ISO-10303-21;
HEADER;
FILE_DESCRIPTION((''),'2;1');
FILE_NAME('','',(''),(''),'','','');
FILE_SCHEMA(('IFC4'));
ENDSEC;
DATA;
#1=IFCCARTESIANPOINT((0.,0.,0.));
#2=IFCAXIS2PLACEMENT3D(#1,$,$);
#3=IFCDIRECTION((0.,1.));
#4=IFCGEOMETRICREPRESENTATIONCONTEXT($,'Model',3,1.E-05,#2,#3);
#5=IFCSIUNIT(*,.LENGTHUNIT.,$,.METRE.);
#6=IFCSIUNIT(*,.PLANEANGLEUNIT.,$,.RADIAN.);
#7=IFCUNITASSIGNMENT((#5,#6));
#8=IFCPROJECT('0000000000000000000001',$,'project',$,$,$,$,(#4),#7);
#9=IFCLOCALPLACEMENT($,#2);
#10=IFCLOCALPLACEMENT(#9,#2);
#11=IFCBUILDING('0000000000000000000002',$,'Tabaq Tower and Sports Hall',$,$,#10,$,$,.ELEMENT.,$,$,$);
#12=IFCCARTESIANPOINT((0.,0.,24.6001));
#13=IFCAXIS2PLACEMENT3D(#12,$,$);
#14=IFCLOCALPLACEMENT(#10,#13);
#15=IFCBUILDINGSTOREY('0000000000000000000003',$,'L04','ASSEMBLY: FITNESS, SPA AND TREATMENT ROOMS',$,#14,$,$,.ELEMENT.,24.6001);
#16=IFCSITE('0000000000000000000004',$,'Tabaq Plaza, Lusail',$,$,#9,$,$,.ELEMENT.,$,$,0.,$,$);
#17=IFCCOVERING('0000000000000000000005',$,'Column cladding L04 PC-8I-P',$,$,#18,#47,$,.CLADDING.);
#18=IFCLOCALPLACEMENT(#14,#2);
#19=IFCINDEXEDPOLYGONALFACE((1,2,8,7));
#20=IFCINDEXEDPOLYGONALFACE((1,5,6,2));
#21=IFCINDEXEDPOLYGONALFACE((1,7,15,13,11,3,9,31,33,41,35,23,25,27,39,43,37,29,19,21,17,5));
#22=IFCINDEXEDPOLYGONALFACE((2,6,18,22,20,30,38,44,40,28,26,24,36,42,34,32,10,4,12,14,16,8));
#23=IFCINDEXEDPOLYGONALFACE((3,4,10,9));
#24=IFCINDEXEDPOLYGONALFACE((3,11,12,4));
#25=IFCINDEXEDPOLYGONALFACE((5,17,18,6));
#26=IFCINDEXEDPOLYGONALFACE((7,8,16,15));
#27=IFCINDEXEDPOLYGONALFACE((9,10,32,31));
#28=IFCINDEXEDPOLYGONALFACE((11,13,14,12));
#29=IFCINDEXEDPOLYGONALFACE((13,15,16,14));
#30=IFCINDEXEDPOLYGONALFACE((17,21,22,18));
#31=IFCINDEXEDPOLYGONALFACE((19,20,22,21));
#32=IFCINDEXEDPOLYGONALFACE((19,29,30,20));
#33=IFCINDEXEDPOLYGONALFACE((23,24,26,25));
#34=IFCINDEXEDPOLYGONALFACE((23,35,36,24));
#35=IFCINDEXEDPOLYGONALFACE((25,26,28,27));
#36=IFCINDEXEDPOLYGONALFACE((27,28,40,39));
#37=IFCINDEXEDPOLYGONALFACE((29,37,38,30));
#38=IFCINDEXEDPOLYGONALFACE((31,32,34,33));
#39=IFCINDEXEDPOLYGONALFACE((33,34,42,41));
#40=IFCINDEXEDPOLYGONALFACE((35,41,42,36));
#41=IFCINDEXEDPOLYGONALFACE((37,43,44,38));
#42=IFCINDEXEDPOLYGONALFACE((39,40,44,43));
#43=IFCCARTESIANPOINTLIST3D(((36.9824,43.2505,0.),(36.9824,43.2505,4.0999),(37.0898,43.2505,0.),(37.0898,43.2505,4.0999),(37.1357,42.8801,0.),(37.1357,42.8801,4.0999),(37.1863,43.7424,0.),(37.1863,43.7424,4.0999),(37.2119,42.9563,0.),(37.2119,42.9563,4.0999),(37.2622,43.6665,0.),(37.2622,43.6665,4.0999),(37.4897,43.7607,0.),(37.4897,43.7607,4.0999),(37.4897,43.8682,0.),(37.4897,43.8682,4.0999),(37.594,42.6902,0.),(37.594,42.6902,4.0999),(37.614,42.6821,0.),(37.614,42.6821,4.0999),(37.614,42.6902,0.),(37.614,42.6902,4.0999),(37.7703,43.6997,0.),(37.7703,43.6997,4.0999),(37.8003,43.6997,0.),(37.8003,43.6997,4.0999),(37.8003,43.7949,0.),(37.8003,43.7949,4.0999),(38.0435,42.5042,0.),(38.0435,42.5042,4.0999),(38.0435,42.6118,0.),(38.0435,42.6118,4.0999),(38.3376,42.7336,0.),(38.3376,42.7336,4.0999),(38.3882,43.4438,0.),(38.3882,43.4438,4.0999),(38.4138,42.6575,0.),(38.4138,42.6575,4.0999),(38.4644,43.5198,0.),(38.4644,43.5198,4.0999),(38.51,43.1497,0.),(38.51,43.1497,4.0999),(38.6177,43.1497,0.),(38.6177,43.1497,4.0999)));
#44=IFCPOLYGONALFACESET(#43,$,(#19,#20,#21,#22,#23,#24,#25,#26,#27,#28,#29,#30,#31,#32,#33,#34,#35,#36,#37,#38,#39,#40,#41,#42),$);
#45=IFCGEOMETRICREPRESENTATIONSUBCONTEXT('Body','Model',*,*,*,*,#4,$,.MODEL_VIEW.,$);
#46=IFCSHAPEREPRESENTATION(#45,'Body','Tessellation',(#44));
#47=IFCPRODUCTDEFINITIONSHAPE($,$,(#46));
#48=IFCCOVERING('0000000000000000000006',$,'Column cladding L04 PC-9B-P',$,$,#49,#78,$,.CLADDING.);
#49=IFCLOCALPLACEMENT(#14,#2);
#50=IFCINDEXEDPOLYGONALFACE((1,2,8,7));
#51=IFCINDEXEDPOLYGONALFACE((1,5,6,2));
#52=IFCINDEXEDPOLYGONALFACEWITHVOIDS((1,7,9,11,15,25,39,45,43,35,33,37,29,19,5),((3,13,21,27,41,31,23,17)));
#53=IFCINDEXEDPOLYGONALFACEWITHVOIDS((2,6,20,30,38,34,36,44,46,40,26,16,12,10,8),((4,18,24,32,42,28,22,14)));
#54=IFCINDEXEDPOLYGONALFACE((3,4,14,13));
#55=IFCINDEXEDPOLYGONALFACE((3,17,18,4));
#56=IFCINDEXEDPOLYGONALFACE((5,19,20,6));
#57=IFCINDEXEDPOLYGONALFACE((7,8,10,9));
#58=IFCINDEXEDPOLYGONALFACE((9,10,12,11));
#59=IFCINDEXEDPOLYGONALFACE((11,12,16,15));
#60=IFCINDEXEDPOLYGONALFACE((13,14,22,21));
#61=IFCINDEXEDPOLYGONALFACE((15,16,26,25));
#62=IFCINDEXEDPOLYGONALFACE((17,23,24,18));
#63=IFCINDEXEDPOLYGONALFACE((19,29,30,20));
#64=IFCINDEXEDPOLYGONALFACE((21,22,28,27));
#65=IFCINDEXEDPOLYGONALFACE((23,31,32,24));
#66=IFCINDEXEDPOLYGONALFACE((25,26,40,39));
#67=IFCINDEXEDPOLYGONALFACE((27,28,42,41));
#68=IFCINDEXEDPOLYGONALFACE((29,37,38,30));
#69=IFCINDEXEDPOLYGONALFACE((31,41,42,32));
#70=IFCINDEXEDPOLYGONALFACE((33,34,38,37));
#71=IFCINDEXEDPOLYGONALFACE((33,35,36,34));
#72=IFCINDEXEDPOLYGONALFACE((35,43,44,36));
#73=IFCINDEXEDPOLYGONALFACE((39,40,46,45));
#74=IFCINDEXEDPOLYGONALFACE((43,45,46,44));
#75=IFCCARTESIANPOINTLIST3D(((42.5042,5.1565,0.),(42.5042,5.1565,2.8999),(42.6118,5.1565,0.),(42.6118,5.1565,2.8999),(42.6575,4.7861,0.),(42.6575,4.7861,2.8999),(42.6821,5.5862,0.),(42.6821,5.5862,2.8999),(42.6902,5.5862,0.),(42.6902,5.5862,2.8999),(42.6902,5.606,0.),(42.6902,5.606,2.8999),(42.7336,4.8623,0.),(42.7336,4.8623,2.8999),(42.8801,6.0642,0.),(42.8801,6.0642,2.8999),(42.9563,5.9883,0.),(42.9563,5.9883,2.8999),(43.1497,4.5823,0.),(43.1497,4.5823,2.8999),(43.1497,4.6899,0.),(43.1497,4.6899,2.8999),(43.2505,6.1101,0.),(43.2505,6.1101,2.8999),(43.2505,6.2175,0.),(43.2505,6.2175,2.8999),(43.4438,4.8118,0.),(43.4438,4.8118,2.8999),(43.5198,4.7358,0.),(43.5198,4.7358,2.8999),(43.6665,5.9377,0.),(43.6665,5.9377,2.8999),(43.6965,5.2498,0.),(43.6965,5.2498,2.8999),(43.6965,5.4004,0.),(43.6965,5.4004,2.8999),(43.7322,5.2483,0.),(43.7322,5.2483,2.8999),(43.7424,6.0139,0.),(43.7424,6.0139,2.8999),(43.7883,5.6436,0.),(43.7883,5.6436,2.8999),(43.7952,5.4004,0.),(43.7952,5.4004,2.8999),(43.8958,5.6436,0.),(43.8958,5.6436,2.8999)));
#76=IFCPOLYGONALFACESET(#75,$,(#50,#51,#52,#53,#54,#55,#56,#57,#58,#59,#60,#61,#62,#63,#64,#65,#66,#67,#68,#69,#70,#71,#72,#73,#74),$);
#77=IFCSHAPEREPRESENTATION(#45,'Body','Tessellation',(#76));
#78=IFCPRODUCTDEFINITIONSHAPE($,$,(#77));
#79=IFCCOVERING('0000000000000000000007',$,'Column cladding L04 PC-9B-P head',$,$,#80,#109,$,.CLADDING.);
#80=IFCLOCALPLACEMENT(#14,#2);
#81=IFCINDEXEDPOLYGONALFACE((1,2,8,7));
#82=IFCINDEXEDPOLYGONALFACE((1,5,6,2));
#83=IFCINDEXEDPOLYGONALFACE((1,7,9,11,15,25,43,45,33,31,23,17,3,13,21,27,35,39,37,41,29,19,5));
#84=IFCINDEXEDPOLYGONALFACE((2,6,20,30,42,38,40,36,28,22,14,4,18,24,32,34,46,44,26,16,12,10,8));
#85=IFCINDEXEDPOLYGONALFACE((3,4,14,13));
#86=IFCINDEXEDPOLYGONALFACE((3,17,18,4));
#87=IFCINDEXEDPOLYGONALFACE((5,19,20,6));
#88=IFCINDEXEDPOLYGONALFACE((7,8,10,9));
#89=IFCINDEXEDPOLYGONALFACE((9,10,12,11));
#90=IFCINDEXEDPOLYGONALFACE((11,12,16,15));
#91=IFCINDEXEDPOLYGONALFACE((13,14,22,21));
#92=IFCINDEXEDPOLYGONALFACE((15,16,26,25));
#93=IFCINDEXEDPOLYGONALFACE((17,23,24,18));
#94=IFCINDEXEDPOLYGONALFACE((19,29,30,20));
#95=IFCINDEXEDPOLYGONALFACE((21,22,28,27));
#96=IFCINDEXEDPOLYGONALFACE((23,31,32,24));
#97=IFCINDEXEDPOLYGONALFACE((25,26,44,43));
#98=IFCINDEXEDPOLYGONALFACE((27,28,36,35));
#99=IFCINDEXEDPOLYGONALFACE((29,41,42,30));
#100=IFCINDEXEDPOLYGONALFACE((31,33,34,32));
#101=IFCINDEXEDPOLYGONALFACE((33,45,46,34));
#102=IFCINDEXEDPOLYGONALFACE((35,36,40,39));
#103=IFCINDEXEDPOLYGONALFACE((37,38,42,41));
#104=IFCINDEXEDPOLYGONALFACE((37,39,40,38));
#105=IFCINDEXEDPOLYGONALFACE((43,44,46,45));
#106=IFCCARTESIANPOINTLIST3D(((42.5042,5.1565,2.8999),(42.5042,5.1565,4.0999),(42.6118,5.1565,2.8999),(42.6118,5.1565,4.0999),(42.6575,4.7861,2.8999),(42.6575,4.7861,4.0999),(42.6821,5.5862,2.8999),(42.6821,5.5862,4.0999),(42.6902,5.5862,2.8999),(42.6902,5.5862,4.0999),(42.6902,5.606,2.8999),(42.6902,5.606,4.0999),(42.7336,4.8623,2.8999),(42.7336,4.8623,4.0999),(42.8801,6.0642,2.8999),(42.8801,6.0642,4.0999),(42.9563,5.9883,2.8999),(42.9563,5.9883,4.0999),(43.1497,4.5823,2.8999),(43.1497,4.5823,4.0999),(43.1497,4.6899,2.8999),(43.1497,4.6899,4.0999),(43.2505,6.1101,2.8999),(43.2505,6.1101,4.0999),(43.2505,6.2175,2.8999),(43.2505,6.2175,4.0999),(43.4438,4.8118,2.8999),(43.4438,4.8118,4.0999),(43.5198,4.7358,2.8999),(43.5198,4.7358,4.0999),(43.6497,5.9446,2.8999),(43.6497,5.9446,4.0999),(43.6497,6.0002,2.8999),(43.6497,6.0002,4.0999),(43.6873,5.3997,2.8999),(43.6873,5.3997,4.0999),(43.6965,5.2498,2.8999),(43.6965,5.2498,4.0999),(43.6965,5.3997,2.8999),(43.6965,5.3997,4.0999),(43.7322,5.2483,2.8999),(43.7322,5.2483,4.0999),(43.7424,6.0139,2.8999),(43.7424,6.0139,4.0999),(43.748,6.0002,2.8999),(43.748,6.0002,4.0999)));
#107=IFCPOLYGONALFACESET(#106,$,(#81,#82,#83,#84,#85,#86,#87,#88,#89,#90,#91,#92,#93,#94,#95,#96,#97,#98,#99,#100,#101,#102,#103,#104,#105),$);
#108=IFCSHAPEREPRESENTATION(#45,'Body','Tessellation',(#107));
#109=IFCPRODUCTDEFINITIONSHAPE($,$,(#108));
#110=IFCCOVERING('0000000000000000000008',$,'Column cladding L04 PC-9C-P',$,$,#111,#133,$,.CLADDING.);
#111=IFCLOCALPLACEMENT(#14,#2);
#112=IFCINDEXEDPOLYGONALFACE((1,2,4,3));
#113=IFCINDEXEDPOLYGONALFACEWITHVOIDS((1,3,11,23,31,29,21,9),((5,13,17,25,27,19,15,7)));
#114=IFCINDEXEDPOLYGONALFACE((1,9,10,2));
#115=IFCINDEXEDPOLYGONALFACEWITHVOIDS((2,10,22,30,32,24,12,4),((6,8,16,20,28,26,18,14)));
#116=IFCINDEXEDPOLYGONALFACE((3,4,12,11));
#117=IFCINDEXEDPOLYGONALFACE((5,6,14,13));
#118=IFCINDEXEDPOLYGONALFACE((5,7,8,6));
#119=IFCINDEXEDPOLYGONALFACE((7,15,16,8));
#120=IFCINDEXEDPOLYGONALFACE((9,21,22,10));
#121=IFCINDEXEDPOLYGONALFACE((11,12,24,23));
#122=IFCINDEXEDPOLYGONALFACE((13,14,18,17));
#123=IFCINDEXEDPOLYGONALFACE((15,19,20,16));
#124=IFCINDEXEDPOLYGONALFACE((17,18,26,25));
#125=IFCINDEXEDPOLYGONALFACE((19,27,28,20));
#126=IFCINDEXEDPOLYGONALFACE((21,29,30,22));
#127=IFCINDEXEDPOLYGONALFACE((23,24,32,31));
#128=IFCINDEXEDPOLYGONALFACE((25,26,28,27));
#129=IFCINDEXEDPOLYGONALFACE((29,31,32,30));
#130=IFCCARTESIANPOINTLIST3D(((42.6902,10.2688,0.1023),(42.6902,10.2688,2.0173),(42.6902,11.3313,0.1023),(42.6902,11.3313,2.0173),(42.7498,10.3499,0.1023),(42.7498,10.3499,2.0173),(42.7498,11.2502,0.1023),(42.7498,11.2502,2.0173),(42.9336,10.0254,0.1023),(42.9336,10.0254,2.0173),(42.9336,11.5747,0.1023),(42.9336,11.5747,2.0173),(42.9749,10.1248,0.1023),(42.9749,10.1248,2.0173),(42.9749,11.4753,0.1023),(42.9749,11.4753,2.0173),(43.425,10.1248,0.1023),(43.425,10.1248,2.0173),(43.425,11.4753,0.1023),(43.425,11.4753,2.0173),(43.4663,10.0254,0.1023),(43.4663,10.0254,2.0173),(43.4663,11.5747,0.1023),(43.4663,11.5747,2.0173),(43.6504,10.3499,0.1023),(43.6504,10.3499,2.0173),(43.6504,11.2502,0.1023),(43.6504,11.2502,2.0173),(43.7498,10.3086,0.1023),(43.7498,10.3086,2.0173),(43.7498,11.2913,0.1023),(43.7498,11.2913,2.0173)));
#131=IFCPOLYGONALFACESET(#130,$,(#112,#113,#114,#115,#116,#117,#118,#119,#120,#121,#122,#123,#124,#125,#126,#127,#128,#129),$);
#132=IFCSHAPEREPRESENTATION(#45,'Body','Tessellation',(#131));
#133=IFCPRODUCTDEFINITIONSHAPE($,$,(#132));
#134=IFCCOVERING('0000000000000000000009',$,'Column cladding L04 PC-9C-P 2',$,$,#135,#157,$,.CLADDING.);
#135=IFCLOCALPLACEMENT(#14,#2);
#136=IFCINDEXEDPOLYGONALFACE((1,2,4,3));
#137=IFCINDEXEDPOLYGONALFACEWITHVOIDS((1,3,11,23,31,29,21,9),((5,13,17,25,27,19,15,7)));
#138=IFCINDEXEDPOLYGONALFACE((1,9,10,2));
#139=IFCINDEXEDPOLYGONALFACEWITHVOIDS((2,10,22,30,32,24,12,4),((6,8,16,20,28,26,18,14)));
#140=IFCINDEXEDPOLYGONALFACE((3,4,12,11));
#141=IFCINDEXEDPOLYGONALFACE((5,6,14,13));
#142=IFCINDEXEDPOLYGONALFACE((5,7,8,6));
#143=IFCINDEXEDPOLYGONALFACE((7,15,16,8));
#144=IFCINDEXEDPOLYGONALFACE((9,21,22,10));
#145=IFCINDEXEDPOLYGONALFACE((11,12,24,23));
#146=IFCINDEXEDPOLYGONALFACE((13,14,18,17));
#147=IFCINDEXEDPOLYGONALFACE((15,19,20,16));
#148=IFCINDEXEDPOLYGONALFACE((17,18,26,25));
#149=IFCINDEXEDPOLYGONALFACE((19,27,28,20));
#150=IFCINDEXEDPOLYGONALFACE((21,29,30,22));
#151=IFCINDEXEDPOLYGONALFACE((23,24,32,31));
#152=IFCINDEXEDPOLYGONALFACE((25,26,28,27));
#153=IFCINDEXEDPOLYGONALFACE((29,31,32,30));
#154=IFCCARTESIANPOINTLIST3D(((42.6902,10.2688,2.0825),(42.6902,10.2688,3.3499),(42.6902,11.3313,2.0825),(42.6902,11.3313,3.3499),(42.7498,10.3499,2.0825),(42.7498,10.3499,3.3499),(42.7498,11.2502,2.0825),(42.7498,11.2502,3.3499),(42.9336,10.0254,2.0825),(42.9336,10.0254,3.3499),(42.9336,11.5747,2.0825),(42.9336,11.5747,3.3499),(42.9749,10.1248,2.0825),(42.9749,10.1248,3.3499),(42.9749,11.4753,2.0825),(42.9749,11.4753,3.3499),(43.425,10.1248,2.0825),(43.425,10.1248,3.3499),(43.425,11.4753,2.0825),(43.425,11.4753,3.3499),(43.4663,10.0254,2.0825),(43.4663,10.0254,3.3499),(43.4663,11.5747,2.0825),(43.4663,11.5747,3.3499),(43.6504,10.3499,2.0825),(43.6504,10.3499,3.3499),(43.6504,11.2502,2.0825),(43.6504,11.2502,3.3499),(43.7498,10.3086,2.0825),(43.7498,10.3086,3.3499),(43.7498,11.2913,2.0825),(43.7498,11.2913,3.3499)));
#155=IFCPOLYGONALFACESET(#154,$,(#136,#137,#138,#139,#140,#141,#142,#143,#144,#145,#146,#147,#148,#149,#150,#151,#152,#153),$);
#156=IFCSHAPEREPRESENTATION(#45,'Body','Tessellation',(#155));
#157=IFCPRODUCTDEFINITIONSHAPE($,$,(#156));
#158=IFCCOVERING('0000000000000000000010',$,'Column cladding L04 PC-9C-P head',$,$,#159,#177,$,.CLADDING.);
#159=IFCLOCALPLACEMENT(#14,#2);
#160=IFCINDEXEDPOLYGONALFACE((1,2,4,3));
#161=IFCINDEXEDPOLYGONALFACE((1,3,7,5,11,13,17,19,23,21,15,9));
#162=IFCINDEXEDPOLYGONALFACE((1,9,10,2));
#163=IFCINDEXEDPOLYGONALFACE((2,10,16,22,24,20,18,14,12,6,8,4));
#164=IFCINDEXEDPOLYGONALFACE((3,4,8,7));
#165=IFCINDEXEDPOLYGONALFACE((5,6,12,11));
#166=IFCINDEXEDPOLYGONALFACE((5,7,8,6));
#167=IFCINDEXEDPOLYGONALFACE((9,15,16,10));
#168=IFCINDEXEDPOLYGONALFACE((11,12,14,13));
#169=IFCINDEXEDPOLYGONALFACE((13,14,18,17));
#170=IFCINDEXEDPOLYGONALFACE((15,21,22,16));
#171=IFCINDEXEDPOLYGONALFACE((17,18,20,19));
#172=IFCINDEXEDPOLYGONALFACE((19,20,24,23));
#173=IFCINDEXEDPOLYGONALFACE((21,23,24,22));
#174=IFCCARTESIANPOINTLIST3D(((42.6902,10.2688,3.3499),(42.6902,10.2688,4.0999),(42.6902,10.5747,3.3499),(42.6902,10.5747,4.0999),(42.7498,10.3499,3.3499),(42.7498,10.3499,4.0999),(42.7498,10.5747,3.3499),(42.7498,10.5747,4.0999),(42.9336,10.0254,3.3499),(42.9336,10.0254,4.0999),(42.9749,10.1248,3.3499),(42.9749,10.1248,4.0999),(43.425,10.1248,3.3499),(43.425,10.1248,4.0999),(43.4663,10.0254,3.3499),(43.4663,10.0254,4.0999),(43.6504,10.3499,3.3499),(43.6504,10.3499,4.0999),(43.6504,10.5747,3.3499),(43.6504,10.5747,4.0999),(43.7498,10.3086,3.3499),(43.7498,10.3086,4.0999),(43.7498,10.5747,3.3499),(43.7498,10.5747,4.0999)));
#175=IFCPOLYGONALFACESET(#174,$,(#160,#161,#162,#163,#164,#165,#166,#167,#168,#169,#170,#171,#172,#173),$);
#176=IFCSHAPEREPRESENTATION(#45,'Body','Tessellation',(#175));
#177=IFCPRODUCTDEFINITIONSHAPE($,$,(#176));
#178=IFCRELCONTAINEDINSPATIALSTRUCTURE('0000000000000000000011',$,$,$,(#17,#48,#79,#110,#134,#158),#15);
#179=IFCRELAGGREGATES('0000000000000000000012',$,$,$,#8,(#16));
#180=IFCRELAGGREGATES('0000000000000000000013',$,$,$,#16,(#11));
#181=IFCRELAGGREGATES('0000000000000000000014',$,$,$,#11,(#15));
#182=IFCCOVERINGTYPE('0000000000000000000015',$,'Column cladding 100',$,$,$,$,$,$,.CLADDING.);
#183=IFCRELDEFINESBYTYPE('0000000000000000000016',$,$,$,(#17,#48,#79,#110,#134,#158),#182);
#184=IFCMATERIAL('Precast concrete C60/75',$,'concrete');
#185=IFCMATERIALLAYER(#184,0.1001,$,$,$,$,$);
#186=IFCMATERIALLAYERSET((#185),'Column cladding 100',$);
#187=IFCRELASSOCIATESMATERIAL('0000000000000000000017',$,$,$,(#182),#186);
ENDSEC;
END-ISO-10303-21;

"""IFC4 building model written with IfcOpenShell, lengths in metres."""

from ifc_helpers import new_model, si_unit, direction, frame, origin, place, context, subcontext, project, spatial, polyline, outline, extrude, material, layer, layer_set, type_object, element, save


model = new_model("IFC4")

# Units and contexts
model_context = context("Model", 3, precision=1e-05, world=origin(), true_north=direction((0.0, 1.0)))
body_context = subcontext(model_context, "Body", "Model", "MODEL_VIEW")
ifc_project = project(units=[si_unit("LENGTHUNIT", "METRE"), si_unit("PLANEANGLEUNIT", "RADIAN")], contexts=[model_context])

# Site, building, storey
site_placement = place(None, origin())
site = spatial("IfcSite", under=ifc_project, at=site_placement, Name="Tabaq Plaza, Lusail", CompositionType="ELEMENT", RefElevation=0.0)
building_placement = place(site_placement, origin())
building = spatial("IfcBuilding", under=site, at=building_placement, Name="Tabaq Tower and Sports Hall", CompositionType="ELEMENT")
storey_placement = place(building_placement, frame((0.0, 0.0, 24.6001)))
storey = spatial("IfcBuildingStorey", under=building, at=storey_placement, Name="L04", Description="ASSEMBLY: FITNESS, SPA AND TREATMENT ROOMS", CompositionType="ELEMENT", Elevation=24.6001)

# Coverings
ifc_material_1 = material(Name="Precast concrete C60/75", Category="concrete")
ifc_layer_1 = layer(ifc_material_1, 0.1001)
ifc_layer_set_1 = layer_set([ifc_layer_1], Name="Column cladding 100")
covering_type_1 = type_object("IfcCoveringType", Name="Column cladding 100", PredefinedType="CLADDING", material=ifc_layer_set_1)
covering_1_placement = place(storey_placement, origin())
element("IfcCovering", 1, at=covering_1_placement, inside=storey, type_object=covering_type_1, Name="Column cladding L04 PC-8I-P", PredefinedType="CLADDING", context=body_context, shape_type="SweptSolid", body=[
    extrude(outline(polyline([(38.4138, 42.6575), (38.0435, 42.5042), (37.614, 42.6821), (37.614, 42.6902), (37.594, 42.6902), (37.1357, 42.8801), (36.9824, 43.2505), (37.1863, 43.7424), (37.4897, 43.8682), (37.4897, 43.7607), (37.2622, 43.6665), (37.0898, 43.2505), (37.2119, 42.9563), (38.0435, 42.6118), (38.3376, 42.7336), (38.51, 43.1497), (38.3882, 43.4438), (37.7703, 43.6997), (37.8003, 43.6997), (37.8003, 43.7949), (38.4644, 43.5198), (38.6177, 43.1497), (38.4138, 42.6575)])), origin(), (0.0, 0.0, 1.0), 4.0999),
])
covering_2_placement = place(storey_placement, origin())
element("IfcCovering", 2, at=covering_2_placement, inside=storey, type_object=covering_type_1, Name="Column cladding L04 PC-9B-P", PredefinedType="CLADDING", context=body_context, shape_type="SweptSolid", body=[
    extrude(outline(polyline([(42.6575, 4.7861), (42.5042, 5.1565), (42.6821, 5.5862), (42.6902, 5.5862), (42.6902, 5.606), (42.8801, 6.0642), (43.2505, 6.2175), (43.7424, 6.0139), (43.8958, 5.6436), (43.7952, 5.4004), (43.6965, 5.4004), (43.6965, 5.2498), (43.7322, 5.2483), (43.5198, 4.7358), (43.1497, 4.5823), (42.6575, 4.7861)]), holes=[polyline([(43.6665, 5.9377), (43.2505, 6.1101), (42.9563, 5.9883), (42.6118, 5.1565), (42.7336, 4.8623), (43.1497, 4.6899), (43.4438, 4.8118), (43.7883, 5.6436), (43.6665, 5.9377)])]), origin(), (0.0, 0.0, 1.0), 2.8999),
])
covering_3_placement = place(storey_placement, frame((0.0, 0.0, 2.8999)))
element("IfcCovering", 3, at=covering_3_placement, inside=storey, type_object=covering_type_1, Name="Column cladding L04 PC-9B-P head", PredefinedType="CLADDING", context=body_context, shape_type="SweptSolid", body=[
    extrude(outline(polyline([(42.5042, 5.1565), (42.6821, 5.5862), (42.6902, 5.5862), (42.6902, 5.606), (42.8801, 6.0642), (43.2505, 6.2175), (43.7424, 6.0139), (43.748, 6.0002), (43.6497, 6.0002), (43.6497, 5.9446), (43.2505, 6.1101), (42.9563, 5.9883), (42.6118, 5.1565), (42.7336, 4.8623), (43.1497, 4.6899), (43.4438, 4.8118), (43.6873, 5.3997), (43.6965, 5.3997), (43.6965, 5.2498), (43.7322, 5.2483), (43.5198, 4.7358), (43.1497, 4.5823), (42.6575, 4.7861), (42.5042, 5.1565)])), origin(), (0.0, 0.0, 1.0), 1.2),
])
covering_4_placement = place(storey_placement, frame((0.0, 0.0, 0.1023)))
element("IfcCovering", 4, at=covering_4_placement, inside=storey, type_object=covering_type_1, Name="Column cladding L04 PC-9C-P", PredefinedType="CLADDING", context=body_context, shape_type="SweptSolid", body=[
    extrude(outline(polyline([(42.9336, 10.0254), (42.6902, 10.2688), (42.6902, 11.3313), (42.9336, 11.5747), (43.4663, 11.5747), (43.7498, 11.2913), (43.7498, 10.3086), (43.4663, 10.0254), (42.9336, 10.0254)]), holes=[polyline([(43.425, 11.4753), (42.9749, 11.4753), (42.7498, 11.2502), (42.7498, 10.3499), (42.9749, 10.1248), (43.425, 10.1248), (43.6504, 10.3499), (43.6504, 11.2502), (43.425, 11.4753)])]), origin(), (0.0, 0.0, 1.0), 1.915),
])
covering_5_placement = place(storey_placement, frame((0.0, 0.0, 2.0825)))
element("IfcCovering", 5, at=covering_5_placement, inside=storey, type_object=covering_type_1, Name="Column cladding L04 PC-9C-P 2", PredefinedType="CLADDING", context=body_context, shape_type="SweptSolid", body=[
    extrude(outline(polyline([(42.9336, 10.0254), (42.6902, 10.2688), (42.6902, 11.3313), (42.9336, 11.5747), (43.4663, 11.5747), (43.7498, 11.2913), (43.7498, 10.3086), (43.4663, 10.0254), (42.9336, 10.0254)]), holes=[polyline([(43.425, 11.4753), (42.9749, 11.4753), (42.7498, 11.2502), (42.7498, 10.3499), (42.9749, 10.1248), (43.425, 10.1248), (43.6504, 10.3499), (43.6504, 11.2502), (43.425, 11.4753)])]), origin(), (0.0, 0.0, 1.0), 1.2673),
])
covering_6_placement = place(storey_placement, frame((0.0, 0.0, 3.3499)))
element("IfcCovering", 6, at=covering_6_placement, inside=storey, type_object=covering_type_1, Name="Column cladding L04 PC-9C-P head", PredefinedType="CLADDING", context=body_context, shape_type="SweptSolid", body=[
    extrude(outline(polyline([(42.6902, 10.2688), (42.6902, 10.5747), (42.7498, 10.5747), (42.7498, 10.3499), (42.9749, 10.1248), (43.425, 10.1248), (43.6504, 10.3499), (43.6504, 10.5747), (43.7498, 10.5747), (43.7498, 10.3086), (43.4663, 10.0254), (42.9336, 10.0254), (42.6902, 10.2688)])), origin(), (0.0, 0.0, 1.0), 0.75),
])

save(model, "model.ifc")
